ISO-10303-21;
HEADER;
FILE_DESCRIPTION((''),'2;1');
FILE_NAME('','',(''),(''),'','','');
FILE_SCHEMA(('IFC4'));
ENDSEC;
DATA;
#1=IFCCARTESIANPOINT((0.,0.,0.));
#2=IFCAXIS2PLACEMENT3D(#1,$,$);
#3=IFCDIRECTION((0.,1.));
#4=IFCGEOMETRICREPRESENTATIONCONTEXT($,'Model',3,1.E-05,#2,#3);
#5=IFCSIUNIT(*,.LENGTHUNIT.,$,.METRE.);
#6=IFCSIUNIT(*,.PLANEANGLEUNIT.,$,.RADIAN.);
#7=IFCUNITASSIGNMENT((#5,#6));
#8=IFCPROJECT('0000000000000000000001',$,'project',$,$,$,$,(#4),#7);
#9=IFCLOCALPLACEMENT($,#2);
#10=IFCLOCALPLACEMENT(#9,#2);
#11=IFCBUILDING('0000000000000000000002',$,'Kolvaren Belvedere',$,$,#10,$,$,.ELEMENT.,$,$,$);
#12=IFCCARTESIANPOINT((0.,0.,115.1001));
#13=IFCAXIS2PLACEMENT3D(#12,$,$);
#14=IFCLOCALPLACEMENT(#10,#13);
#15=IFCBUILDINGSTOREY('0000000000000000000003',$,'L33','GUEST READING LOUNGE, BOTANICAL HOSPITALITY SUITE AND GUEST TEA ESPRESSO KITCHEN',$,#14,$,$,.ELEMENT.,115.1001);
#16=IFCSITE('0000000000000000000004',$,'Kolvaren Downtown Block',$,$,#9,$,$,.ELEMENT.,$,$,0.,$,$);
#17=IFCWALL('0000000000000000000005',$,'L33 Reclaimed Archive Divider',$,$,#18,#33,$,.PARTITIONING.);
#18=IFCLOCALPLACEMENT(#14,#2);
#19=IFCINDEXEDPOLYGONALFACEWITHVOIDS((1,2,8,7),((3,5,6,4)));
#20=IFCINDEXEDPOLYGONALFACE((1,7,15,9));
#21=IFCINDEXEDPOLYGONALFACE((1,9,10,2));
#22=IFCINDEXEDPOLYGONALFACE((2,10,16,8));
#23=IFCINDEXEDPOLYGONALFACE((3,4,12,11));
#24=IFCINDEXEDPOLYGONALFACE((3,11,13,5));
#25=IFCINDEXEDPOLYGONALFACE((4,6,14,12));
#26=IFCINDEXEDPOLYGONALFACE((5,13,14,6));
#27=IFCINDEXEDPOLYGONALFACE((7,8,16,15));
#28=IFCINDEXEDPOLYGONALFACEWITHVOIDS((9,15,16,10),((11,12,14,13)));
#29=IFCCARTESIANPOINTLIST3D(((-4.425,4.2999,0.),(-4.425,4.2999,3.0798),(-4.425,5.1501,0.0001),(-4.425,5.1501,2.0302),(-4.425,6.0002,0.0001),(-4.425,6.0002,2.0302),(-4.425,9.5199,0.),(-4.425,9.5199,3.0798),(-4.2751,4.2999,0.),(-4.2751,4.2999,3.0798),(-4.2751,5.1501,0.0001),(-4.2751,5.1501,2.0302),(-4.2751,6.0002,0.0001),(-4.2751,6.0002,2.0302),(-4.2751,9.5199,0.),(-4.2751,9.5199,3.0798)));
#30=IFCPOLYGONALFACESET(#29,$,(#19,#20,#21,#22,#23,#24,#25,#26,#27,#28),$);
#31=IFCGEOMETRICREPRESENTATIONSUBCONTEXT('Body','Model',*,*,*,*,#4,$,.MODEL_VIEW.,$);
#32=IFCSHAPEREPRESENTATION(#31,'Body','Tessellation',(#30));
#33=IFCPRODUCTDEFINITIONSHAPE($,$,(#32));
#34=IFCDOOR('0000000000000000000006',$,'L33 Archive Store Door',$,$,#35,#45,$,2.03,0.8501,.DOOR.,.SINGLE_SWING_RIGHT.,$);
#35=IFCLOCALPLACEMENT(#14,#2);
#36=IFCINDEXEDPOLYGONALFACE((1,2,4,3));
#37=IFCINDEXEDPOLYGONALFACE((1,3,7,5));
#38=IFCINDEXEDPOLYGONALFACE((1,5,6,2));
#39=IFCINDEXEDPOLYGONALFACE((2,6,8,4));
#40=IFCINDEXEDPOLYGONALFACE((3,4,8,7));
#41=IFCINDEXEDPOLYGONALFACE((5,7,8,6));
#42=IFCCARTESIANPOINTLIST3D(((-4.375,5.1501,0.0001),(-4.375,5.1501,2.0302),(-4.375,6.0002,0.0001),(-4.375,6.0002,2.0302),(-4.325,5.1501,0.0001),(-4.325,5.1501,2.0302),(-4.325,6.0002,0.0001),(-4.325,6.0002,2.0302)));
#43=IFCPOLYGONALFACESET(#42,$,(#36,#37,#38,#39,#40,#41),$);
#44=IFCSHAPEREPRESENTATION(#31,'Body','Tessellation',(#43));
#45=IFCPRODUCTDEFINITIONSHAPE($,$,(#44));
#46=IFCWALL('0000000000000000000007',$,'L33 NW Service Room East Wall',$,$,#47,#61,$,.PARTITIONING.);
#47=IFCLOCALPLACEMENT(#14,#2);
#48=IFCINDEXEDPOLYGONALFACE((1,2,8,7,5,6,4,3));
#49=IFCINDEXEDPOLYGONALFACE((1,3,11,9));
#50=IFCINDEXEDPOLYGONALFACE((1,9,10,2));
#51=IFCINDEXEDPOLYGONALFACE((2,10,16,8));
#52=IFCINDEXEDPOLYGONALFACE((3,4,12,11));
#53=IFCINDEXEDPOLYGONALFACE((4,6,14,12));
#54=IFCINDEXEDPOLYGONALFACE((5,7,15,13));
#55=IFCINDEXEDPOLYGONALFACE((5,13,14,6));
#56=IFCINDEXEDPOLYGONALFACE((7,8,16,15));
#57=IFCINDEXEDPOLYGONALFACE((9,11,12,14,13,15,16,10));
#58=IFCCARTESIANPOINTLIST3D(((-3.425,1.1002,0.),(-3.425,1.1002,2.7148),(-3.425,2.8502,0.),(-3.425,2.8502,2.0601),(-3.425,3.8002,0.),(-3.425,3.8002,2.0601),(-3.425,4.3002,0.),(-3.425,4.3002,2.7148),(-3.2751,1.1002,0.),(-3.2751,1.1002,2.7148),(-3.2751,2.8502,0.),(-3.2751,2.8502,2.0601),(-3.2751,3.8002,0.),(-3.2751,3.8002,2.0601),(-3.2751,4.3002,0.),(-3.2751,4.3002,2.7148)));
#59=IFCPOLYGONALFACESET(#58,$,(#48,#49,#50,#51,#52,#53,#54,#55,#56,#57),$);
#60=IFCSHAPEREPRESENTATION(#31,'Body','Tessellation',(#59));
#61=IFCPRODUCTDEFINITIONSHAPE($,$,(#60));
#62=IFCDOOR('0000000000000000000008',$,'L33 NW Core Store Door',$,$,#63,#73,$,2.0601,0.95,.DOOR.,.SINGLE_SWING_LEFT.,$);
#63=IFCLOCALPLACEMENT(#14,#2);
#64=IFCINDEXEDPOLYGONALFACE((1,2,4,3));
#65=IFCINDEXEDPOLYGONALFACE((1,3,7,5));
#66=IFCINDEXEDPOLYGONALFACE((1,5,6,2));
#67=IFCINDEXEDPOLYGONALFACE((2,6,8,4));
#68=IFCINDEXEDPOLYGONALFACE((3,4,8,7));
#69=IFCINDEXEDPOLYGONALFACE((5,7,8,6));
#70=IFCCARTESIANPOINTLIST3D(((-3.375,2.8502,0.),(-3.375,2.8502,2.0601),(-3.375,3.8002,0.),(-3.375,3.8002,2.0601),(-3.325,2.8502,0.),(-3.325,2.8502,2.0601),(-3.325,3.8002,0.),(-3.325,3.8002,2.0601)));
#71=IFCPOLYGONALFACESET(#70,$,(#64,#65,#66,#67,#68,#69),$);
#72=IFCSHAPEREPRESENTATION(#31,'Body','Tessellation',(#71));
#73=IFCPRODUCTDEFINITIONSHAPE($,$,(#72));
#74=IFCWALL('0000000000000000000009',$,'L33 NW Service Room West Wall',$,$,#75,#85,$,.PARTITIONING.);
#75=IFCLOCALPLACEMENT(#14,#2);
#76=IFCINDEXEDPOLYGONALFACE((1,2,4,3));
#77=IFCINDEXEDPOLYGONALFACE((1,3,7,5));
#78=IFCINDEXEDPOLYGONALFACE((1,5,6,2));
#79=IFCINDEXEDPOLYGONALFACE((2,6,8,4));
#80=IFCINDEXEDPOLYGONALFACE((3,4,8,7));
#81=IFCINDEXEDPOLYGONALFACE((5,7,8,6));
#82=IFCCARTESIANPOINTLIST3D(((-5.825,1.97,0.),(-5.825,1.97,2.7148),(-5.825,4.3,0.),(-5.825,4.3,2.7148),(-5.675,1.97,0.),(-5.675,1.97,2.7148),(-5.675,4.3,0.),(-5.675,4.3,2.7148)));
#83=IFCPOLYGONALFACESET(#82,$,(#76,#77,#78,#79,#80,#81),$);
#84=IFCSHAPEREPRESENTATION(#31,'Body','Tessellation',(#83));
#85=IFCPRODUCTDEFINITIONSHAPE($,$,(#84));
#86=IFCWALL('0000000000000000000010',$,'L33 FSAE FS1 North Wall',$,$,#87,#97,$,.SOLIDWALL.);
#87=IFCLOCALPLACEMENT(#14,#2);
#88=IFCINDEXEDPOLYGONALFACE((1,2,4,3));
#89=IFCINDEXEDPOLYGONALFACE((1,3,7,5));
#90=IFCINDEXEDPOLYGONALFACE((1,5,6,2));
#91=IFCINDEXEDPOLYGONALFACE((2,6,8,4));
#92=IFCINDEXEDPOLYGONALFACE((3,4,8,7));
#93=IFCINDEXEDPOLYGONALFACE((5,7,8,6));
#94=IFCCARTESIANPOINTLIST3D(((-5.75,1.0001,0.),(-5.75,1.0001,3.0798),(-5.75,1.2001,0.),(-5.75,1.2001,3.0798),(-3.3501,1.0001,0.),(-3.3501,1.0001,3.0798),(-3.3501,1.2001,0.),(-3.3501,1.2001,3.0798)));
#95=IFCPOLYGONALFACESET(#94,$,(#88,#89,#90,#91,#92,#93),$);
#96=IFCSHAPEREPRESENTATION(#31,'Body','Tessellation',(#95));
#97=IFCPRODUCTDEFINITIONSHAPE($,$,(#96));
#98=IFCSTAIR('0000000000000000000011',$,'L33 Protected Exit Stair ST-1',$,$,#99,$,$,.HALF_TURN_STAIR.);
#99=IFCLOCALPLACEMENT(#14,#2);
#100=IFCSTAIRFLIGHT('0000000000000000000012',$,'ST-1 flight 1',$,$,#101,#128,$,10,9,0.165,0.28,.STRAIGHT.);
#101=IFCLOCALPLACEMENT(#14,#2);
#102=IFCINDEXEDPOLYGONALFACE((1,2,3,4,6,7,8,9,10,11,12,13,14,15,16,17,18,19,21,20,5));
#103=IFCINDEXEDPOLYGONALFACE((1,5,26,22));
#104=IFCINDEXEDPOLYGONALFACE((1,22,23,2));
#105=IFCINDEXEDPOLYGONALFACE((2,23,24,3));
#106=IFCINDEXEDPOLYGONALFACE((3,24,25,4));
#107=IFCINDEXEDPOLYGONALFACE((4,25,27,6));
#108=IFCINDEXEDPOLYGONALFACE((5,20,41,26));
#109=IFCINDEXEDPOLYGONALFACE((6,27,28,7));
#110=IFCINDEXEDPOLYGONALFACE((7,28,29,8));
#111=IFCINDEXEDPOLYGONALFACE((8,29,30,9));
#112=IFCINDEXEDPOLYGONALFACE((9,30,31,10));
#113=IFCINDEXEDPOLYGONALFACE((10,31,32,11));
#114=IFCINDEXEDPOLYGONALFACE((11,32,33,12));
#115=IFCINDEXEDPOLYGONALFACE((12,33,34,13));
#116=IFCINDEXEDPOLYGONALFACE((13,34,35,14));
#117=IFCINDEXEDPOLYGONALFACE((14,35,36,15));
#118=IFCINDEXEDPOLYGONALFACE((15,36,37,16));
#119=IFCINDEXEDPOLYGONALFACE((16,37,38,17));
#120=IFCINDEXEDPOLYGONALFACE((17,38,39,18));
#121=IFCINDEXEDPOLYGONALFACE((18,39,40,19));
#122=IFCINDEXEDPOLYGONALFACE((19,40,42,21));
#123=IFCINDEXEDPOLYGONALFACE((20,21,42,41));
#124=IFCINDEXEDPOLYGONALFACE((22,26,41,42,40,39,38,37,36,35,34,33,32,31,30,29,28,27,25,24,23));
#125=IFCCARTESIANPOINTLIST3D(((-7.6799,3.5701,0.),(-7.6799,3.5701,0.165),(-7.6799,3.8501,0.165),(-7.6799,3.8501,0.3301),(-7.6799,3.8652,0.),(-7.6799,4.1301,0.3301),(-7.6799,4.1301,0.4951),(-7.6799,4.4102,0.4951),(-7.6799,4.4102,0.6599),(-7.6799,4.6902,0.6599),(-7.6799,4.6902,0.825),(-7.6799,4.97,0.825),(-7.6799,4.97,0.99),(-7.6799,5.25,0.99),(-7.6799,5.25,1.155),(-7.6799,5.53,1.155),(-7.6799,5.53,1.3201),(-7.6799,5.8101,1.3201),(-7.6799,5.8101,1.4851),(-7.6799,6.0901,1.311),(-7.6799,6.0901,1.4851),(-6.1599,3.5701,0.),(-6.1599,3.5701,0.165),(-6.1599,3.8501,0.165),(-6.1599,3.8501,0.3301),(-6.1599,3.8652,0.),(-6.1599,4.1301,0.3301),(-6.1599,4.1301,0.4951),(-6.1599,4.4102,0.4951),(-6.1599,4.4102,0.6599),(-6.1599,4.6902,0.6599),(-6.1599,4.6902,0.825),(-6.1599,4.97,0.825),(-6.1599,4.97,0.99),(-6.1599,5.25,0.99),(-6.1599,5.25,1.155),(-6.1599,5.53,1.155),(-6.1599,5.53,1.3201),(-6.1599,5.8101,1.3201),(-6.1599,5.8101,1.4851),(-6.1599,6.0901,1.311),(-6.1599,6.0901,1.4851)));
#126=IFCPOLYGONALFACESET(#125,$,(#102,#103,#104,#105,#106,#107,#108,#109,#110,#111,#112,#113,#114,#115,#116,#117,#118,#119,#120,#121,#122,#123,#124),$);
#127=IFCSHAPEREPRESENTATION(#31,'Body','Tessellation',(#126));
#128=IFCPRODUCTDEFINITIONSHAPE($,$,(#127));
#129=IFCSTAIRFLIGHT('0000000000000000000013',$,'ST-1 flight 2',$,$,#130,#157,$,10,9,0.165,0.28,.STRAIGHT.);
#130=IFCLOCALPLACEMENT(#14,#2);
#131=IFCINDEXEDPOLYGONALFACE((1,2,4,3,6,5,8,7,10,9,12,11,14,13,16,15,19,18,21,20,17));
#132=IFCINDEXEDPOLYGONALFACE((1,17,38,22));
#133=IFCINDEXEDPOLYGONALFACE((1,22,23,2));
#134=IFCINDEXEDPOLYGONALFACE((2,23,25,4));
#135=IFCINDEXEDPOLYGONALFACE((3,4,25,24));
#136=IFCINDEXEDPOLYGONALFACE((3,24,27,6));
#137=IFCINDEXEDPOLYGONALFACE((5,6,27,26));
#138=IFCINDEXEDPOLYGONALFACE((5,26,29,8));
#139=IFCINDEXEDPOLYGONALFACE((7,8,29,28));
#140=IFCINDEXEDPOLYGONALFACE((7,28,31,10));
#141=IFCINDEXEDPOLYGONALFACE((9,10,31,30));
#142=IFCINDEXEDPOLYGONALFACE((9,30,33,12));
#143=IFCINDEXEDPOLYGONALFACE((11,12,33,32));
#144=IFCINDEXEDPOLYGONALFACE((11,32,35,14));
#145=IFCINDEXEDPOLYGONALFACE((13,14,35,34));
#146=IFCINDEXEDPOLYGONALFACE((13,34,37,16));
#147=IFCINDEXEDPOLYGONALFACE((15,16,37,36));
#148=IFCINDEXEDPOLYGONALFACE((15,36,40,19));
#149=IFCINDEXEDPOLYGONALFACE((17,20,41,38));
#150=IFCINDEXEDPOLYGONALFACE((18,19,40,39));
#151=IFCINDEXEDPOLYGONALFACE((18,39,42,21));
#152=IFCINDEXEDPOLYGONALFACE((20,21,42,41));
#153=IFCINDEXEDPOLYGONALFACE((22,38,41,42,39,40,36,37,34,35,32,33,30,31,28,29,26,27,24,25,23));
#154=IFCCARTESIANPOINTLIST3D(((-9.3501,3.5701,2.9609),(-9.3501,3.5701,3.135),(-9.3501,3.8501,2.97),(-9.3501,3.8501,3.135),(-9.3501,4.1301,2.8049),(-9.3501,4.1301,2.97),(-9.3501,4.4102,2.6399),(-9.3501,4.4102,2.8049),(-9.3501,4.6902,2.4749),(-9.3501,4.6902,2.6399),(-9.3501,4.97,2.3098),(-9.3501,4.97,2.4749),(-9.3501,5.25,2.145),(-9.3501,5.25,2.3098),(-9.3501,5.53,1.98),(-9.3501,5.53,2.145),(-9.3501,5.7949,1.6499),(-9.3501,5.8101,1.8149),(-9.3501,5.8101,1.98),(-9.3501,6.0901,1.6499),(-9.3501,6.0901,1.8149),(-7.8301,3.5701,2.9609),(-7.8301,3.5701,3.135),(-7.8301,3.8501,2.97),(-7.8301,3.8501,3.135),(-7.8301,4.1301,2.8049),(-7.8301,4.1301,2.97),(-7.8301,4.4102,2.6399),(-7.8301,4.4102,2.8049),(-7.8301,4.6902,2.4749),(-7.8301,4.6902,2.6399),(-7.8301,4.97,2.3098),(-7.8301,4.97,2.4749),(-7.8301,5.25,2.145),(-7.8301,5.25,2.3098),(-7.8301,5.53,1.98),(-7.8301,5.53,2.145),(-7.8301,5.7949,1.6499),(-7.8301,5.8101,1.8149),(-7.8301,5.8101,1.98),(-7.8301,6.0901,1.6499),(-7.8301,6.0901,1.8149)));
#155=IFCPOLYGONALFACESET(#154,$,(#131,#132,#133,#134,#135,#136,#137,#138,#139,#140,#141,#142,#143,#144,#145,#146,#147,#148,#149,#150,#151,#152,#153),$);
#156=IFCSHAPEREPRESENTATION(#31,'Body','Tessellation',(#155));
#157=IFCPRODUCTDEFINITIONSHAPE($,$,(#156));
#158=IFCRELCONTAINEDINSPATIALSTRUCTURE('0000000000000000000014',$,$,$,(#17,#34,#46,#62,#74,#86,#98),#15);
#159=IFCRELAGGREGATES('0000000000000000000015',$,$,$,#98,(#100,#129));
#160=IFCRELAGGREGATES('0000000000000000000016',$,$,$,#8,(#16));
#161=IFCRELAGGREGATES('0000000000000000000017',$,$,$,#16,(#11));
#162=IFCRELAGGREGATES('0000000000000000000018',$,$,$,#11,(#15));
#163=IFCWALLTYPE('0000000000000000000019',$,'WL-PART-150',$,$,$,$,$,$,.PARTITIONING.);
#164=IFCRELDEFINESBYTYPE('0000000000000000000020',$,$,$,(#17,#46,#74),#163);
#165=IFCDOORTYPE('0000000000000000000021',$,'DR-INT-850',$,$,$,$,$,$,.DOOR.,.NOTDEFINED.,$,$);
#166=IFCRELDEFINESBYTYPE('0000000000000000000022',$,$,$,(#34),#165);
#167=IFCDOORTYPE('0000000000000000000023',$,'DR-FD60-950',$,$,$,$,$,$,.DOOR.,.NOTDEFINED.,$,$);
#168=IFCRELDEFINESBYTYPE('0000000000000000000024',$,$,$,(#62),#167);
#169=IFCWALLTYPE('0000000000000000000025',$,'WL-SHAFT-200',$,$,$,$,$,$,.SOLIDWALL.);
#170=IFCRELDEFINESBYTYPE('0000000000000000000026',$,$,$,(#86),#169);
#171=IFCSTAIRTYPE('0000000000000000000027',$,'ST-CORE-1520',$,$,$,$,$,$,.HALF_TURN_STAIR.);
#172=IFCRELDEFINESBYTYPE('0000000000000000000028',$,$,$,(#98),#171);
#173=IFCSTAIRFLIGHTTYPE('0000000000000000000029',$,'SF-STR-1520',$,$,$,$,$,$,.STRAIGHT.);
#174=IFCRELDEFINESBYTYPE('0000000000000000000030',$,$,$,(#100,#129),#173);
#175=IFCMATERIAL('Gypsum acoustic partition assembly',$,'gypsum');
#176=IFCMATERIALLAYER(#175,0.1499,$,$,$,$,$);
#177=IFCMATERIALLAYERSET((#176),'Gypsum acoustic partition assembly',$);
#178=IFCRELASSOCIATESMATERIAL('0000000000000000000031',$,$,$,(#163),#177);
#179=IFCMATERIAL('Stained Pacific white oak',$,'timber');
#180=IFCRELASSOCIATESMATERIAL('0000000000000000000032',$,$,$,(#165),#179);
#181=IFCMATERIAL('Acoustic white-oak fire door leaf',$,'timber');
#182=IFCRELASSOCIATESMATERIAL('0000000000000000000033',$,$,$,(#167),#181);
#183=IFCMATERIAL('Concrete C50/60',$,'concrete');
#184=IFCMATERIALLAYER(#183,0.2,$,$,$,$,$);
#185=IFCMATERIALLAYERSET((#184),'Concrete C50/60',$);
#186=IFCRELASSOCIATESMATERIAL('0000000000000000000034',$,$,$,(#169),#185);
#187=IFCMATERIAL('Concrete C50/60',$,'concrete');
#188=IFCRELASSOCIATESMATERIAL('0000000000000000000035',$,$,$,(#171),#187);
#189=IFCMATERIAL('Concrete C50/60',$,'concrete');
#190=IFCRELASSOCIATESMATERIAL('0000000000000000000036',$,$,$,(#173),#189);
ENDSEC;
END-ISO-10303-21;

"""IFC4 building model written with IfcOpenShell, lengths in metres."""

from ifc_helpers import new_model, si_unit, direction, frame, frame_2d, origin, place, context, subcontext, project, spatial, polyline, rectangle, outline, extrude, material, layer, layer_set, type_object, element, fill, aggregate, save


model = new_model("IFC4")

# Units and contexts
model_context = context("Model", 3, precision=1e-05, world=origin(), true_north=direction((0.0, 1.0)))
body_context = subcontext(model_context, "Body", "Model", "MODEL_VIEW")
ifc_project = project(units=[si_unit("LENGTHUNIT", "METRE"), si_unit("PLANEANGLEUNIT", "RADIAN")], contexts=[model_context])

# Site, building, storey
site_placement = place(None, origin())
site = spatial("IfcSite", under=ifc_project, at=site_placement, Name="Kolvaren Downtown Block", CompositionType="ELEMENT", RefElevation=0.0)
building_placement = place(site_placement, origin())
building = spatial("IfcBuilding", under=site, at=building_placement, Name="Kolvaren Belvedere", CompositionType="ELEMENT")
storey_placement = place(building_placement, frame((0.0, 0.0, 115.1001)))
storey = spatial("IfcBuildingStorey", under=building, at=storey_placement, Name="L33", Description="GUEST READING LOUNGE, BOTANICAL HOSPITALITY SUITE AND GUEST TEA ESPRESSO KITCHEN", CompositionType="ELEMENT", Elevation=115.1001)

# Shared definitions
ifc_material_1 = material(Name="Gypsum acoustic partition assembly", Category="gypsum")
ifc_layer_1 = layer(ifc_material_1, 0.1499)
ifc_layer_set_1 = layer_set([ifc_layer_1], Name="Gypsum acoustic partition assembly")
wall_type_1 = type_object("IfcWallType", Name="WL-PART-150", PredefinedType="PARTITIONING", material=ifc_layer_set_1)

# Walls, openings, doors
wall_1_placement = place(storey_placement, frame((-4.3501, 4.3, 0.0), z_axis=(0.0, 0.0, 1.0), x_axis=(0.0, 1.0, 0.0)))
wall_1 = element("IfcWall", 1, at=wall_1_placement, inside=storey, type_object=wall_type_1, Name="L33 Reclaimed Archive Divider", PredefinedType="PARTITIONING", context=body_context, shape_type="SweptSolid", body=[
    extrude(rectangle(XDim=5.22, YDim=0.1499, at=frame_2d((2.6099, 0.0))), origin(), (0.0, 0.0, 1.0), 3.0798),
])
opening_1_placement = place(wall_1_placement, frame((0.8501, 0.0, 0.0)))
opening_1 = element("IfcOpeningElement", 2, at=opening_1_placement, cuts=wall_1, PredefinedType="OPENING", context=body_context, shape_type="SweptSolid", body=[
    extrude(rectangle(XDim=0.8501, YDim=2.03, at=frame_2d((0.425, 1.0151))), frame((0.0, 0.085, 0.0), z_axis=(0.0, -1.0, 0.0), x_axis=(1.0, 0.0, 0.0)), (0.0, 0.0, 1.0), 0.1699),
])
ifc_material_2 = material(Name="Stained Pacific white oak", Category="timber")
door_type_1 = type_object("IfcDoorType", Name="DR-INT-850", OperationType="NOTDEFINED", PredefinedType="DOOR", material=ifc_material_2)
door_1_placement = place(opening_1_placement, origin())
door_1 = element("IfcDoor", 3, at=door_1_placement, inside=storey, type_object=door_type_1, Name="L33 Archive Store Door", OperationType="SINGLE_SWING_RIGHT", OverallHeight=2.03, OverallWidth=0.8501, PredefinedType="DOOR", context=body_context, shape_type="SweptSolid", body=[
    extrude(rectangle(XDim=0.8501, YDim=2.03, at=frame_2d((0.425, 1.0151))), frame((0.0, 0.0249, 0.0), z_axis=(0.0, -1.0, 0.0), x_axis=(1.0, 0.0, 0.0)), (0.0, 0.0, 1.0), 0.05),
])
fill(opening_1, door_1)
wall_2_placement = place(storey_placement, frame((-3.3501, 1.1001, 0.0), z_axis=(0.0, 0.0, 1.0), x_axis=(0.0, 1.0, 0.0)))
wall_2 = element("IfcWall", 4, at=wall_2_placement, inside=storey, type_object=wall_type_1, Name="L33 NW Service Room East Wall", PredefinedType="PARTITIONING", context=body_context, shape_type="SweptSolid", body=[
    extrude(rectangle(XDim=3.2, YDim=0.1499, at=frame_2d((1.6001, 0.0))), origin(), (0.0, 0.0, 1.0), 2.7148),
])
opening_2_placement = place(wall_2_placement, frame((1.75, 0.0, 0.0)))
opening_2 = element("IfcOpeningElement", 5, at=opening_2_placement, cuts=wall_2, PredefinedType="OPENING", context=body_context, shape_type="SweptSolid", body=[
    extrude(rectangle(XDim=0.95, YDim=2.0601, at=frame_2d((0.4751, 1.03))), frame((0.0, 0.085, 0.0), z_axis=(0.0, -1.0, 0.0), x_axis=(1.0, 0.0, 0.0)), (0.0, 0.0, 1.0), 0.1699),
])
ifc_material_3 = material(Name="Acoustic white-oak fire door leaf", Category="timber")
door_type_2 = type_object("IfcDoorType", Name="DR-FD60-950", OperationType="NOTDEFINED", PredefinedType="DOOR", material=ifc_material_3)
door_2_placement = place(opening_2_placement, origin())
door_2 = element("IfcDoor", 6, at=door_2_placement, inside=storey, type_object=door_type_2, Name="L33 NW Core Store Door", OperationType="SINGLE_SWING_LEFT", OverallHeight=2.0601, OverallWidth=0.95, PredefinedType="DOOR", context=body_context, shape_type="SweptSolid", body=[
    extrude(rectangle(XDim=0.95, YDim=2.0601, at=frame_2d((0.4751, 1.03))), frame((0.0, 0.0249, 0.0), z_axis=(0.0, -1.0, 0.0), x_axis=(1.0, 0.0, 0.0)), (0.0, 0.0, 1.0), 0.05),
])
fill(opening_2, door_2)

# Walls
wall_3_placement = place(storey_placement, frame((-5.75, 1.97, 0.0), z_axis=(0.0, 0.0, 1.0), x_axis=(0.0, 1.0, 0.0)))
element("IfcWall", 7, at=wall_3_placement, inside=storey, type_object=wall_type_1, Name="L33 NW Service Room West Wall", PredefinedType="PARTITIONING", context=body_context, shape_type="SweptSolid", body=[
    extrude(rectangle(XDim=2.3301, YDim=0.1499, at=frame_2d((1.165, 0.0))), origin(), (0.0, 0.0, 1.0), 2.7148),
])
ifc_material_4 = material(Name="Concrete C50/60", Category="concrete")
ifc_layer_2 = layer(ifc_material_4, 0.2)
ifc_layer_set_2 = layer_set([ifc_layer_2], Name="Concrete C50/60")
wall_type_2 = type_object("IfcWallType", Name="WL-SHAFT-200", PredefinedType="SOLIDWALL", material=ifc_layer_set_2)
wall_4_placement = place(storey_placement, frame((-5.75, 1.1001, 0.0), z_axis=(0.0, 0.0, 1.0), x_axis=(1.0, 0.0, 0.0)))
element("IfcWall", 8, at=wall_4_placement, inside=storey, type_object=wall_type_2, Name="L33 FSAE FS1 North Wall", PredefinedType="SOLIDWALL", context=body_context, shape_type="SweptSolid", body=[
    extrude(rectangle(XDim=2.3999, YDim=0.2, at=frame_2d((1.2, 0.0))), origin(), (0.0, 0.0, 1.0), 3.0798),
])

# Stair, stair flights
ifc_material_5 = material(Name="Concrete C50/60", Category="concrete")
stair_type = type_object("IfcStairType", Name="ST-CORE-1520", PredefinedType="HALF_TURN_STAIR", material=ifc_material_5)
stair_placement = place(storey_placement, origin())
stair = element("IfcStair", 9, at=stair_placement, inside=storey, type_object=stair_type, Name="L33 Protected Exit Stair ST-1", PredefinedType="HALF_TURN_STAIR")
ifc_material_6 = material(Name="Concrete C50/60", Category="concrete")
stair_flight_type = type_object("IfcStairFlightType", Name="SF-STR-1520", PredefinedType="STRAIGHT", material=ifc_material_6)
stair_flight_1_placement = place(storey_placement, frame((-6.9199, 3.5701, 0.0), z_axis=(0.0, 0.0, 1.0), x_axis=(0.0, 1.0, 0.0)))
stair_flight_1 = element("IfcStairFlight", 10, at=stair_flight_1_placement, type_object=stair_flight_type, Name="ST-1 flight 1", NumberOfRisers=10, NumberOfTreads=9, PredefinedType="STRAIGHT", RiserHeight=0.165, TreadLength=0.28, context=body_context, shape_type="SweptSolid", body=[
    extrude(outline(polyline([(0.0, 0.0), (0.0, 0.165), (0.28, 0.165), (0.28, 0.3301), (0.5601, 0.3301), (0.5601, 0.4951), (0.8401, 0.4951), (0.8401, 0.6599), (1.1201, 0.6599), (1.1201, 0.825), (1.3999, 0.825), (1.3999, 0.99), (1.6799, 0.99), (1.6799, 1.155), (1.96, 1.155), (1.96, 1.3201), (2.24, 1.3201), (2.24, 1.4851), (2.52, 1.4851), (2.52, 1.6499), (2.52, 1.311), (0.2952, 0.0), (0.0, 0.0)])), frame((0.0, 0.76, 0.0), z_axis=(0.0, -1.0, 0.0), x_axis=(1.0, 0.0, 0.0)), (0.0, 0.0, 1.0), 1.52),
])
stair_flight_2_placement = place(storey_placement, frame((-8.5901, 6.0901, 1.6499), z_axis=(0.0, 0.0, 1.0), x_axis=(0.0, -1.0, 0.0)))
stair_flight_2 = element("IfcStairFlight", 11, at=stair_flight_2_placement, type_object=stair_flight_type, Name="ST-1 flight 2", NumberOfRisers=10, NumberOfTreads=9, PredefinedType="STRAIGHT", RiserHeight=0.165, TreadLength=0.28, context=body_context, shape_type="SweptSolid", body=[
    extrude(outline(polyline([(0.0, 0.0), (0.0, 0.165), (0.28, 0.165), (0.28, 0.3301), (0.5601, 0.3301), (0.5601, 0.4951), (0.8401, 0.4951), (0.8401, 0.6599), (1.1201, 0.6599), (1.1201, 0.825), (1.3999, 0.825), (1.3999, 0.99), (1.6799, 0.99), (1.6799, 1.155), (1.96, 1.155), (1.96, 1.3201), (2.24, 1.3201), (2.24, 1.4851), (2.52, 1.4851), (2.52, 1.6499), (2.52, 1.311), (0.2952, 0.0), (0.0, 0.0)])), frame((0.0, 0.76, 0.0), z_axis=(0.0, -1.0, 0.0), x_axis=(1.0, 0.0, 0.0)), (0.0, 0.0, 1.0), 1.52),
])
aggregate(stair, [stair_flight_1, stair_flight_2])

save(model, "model.ifc")
